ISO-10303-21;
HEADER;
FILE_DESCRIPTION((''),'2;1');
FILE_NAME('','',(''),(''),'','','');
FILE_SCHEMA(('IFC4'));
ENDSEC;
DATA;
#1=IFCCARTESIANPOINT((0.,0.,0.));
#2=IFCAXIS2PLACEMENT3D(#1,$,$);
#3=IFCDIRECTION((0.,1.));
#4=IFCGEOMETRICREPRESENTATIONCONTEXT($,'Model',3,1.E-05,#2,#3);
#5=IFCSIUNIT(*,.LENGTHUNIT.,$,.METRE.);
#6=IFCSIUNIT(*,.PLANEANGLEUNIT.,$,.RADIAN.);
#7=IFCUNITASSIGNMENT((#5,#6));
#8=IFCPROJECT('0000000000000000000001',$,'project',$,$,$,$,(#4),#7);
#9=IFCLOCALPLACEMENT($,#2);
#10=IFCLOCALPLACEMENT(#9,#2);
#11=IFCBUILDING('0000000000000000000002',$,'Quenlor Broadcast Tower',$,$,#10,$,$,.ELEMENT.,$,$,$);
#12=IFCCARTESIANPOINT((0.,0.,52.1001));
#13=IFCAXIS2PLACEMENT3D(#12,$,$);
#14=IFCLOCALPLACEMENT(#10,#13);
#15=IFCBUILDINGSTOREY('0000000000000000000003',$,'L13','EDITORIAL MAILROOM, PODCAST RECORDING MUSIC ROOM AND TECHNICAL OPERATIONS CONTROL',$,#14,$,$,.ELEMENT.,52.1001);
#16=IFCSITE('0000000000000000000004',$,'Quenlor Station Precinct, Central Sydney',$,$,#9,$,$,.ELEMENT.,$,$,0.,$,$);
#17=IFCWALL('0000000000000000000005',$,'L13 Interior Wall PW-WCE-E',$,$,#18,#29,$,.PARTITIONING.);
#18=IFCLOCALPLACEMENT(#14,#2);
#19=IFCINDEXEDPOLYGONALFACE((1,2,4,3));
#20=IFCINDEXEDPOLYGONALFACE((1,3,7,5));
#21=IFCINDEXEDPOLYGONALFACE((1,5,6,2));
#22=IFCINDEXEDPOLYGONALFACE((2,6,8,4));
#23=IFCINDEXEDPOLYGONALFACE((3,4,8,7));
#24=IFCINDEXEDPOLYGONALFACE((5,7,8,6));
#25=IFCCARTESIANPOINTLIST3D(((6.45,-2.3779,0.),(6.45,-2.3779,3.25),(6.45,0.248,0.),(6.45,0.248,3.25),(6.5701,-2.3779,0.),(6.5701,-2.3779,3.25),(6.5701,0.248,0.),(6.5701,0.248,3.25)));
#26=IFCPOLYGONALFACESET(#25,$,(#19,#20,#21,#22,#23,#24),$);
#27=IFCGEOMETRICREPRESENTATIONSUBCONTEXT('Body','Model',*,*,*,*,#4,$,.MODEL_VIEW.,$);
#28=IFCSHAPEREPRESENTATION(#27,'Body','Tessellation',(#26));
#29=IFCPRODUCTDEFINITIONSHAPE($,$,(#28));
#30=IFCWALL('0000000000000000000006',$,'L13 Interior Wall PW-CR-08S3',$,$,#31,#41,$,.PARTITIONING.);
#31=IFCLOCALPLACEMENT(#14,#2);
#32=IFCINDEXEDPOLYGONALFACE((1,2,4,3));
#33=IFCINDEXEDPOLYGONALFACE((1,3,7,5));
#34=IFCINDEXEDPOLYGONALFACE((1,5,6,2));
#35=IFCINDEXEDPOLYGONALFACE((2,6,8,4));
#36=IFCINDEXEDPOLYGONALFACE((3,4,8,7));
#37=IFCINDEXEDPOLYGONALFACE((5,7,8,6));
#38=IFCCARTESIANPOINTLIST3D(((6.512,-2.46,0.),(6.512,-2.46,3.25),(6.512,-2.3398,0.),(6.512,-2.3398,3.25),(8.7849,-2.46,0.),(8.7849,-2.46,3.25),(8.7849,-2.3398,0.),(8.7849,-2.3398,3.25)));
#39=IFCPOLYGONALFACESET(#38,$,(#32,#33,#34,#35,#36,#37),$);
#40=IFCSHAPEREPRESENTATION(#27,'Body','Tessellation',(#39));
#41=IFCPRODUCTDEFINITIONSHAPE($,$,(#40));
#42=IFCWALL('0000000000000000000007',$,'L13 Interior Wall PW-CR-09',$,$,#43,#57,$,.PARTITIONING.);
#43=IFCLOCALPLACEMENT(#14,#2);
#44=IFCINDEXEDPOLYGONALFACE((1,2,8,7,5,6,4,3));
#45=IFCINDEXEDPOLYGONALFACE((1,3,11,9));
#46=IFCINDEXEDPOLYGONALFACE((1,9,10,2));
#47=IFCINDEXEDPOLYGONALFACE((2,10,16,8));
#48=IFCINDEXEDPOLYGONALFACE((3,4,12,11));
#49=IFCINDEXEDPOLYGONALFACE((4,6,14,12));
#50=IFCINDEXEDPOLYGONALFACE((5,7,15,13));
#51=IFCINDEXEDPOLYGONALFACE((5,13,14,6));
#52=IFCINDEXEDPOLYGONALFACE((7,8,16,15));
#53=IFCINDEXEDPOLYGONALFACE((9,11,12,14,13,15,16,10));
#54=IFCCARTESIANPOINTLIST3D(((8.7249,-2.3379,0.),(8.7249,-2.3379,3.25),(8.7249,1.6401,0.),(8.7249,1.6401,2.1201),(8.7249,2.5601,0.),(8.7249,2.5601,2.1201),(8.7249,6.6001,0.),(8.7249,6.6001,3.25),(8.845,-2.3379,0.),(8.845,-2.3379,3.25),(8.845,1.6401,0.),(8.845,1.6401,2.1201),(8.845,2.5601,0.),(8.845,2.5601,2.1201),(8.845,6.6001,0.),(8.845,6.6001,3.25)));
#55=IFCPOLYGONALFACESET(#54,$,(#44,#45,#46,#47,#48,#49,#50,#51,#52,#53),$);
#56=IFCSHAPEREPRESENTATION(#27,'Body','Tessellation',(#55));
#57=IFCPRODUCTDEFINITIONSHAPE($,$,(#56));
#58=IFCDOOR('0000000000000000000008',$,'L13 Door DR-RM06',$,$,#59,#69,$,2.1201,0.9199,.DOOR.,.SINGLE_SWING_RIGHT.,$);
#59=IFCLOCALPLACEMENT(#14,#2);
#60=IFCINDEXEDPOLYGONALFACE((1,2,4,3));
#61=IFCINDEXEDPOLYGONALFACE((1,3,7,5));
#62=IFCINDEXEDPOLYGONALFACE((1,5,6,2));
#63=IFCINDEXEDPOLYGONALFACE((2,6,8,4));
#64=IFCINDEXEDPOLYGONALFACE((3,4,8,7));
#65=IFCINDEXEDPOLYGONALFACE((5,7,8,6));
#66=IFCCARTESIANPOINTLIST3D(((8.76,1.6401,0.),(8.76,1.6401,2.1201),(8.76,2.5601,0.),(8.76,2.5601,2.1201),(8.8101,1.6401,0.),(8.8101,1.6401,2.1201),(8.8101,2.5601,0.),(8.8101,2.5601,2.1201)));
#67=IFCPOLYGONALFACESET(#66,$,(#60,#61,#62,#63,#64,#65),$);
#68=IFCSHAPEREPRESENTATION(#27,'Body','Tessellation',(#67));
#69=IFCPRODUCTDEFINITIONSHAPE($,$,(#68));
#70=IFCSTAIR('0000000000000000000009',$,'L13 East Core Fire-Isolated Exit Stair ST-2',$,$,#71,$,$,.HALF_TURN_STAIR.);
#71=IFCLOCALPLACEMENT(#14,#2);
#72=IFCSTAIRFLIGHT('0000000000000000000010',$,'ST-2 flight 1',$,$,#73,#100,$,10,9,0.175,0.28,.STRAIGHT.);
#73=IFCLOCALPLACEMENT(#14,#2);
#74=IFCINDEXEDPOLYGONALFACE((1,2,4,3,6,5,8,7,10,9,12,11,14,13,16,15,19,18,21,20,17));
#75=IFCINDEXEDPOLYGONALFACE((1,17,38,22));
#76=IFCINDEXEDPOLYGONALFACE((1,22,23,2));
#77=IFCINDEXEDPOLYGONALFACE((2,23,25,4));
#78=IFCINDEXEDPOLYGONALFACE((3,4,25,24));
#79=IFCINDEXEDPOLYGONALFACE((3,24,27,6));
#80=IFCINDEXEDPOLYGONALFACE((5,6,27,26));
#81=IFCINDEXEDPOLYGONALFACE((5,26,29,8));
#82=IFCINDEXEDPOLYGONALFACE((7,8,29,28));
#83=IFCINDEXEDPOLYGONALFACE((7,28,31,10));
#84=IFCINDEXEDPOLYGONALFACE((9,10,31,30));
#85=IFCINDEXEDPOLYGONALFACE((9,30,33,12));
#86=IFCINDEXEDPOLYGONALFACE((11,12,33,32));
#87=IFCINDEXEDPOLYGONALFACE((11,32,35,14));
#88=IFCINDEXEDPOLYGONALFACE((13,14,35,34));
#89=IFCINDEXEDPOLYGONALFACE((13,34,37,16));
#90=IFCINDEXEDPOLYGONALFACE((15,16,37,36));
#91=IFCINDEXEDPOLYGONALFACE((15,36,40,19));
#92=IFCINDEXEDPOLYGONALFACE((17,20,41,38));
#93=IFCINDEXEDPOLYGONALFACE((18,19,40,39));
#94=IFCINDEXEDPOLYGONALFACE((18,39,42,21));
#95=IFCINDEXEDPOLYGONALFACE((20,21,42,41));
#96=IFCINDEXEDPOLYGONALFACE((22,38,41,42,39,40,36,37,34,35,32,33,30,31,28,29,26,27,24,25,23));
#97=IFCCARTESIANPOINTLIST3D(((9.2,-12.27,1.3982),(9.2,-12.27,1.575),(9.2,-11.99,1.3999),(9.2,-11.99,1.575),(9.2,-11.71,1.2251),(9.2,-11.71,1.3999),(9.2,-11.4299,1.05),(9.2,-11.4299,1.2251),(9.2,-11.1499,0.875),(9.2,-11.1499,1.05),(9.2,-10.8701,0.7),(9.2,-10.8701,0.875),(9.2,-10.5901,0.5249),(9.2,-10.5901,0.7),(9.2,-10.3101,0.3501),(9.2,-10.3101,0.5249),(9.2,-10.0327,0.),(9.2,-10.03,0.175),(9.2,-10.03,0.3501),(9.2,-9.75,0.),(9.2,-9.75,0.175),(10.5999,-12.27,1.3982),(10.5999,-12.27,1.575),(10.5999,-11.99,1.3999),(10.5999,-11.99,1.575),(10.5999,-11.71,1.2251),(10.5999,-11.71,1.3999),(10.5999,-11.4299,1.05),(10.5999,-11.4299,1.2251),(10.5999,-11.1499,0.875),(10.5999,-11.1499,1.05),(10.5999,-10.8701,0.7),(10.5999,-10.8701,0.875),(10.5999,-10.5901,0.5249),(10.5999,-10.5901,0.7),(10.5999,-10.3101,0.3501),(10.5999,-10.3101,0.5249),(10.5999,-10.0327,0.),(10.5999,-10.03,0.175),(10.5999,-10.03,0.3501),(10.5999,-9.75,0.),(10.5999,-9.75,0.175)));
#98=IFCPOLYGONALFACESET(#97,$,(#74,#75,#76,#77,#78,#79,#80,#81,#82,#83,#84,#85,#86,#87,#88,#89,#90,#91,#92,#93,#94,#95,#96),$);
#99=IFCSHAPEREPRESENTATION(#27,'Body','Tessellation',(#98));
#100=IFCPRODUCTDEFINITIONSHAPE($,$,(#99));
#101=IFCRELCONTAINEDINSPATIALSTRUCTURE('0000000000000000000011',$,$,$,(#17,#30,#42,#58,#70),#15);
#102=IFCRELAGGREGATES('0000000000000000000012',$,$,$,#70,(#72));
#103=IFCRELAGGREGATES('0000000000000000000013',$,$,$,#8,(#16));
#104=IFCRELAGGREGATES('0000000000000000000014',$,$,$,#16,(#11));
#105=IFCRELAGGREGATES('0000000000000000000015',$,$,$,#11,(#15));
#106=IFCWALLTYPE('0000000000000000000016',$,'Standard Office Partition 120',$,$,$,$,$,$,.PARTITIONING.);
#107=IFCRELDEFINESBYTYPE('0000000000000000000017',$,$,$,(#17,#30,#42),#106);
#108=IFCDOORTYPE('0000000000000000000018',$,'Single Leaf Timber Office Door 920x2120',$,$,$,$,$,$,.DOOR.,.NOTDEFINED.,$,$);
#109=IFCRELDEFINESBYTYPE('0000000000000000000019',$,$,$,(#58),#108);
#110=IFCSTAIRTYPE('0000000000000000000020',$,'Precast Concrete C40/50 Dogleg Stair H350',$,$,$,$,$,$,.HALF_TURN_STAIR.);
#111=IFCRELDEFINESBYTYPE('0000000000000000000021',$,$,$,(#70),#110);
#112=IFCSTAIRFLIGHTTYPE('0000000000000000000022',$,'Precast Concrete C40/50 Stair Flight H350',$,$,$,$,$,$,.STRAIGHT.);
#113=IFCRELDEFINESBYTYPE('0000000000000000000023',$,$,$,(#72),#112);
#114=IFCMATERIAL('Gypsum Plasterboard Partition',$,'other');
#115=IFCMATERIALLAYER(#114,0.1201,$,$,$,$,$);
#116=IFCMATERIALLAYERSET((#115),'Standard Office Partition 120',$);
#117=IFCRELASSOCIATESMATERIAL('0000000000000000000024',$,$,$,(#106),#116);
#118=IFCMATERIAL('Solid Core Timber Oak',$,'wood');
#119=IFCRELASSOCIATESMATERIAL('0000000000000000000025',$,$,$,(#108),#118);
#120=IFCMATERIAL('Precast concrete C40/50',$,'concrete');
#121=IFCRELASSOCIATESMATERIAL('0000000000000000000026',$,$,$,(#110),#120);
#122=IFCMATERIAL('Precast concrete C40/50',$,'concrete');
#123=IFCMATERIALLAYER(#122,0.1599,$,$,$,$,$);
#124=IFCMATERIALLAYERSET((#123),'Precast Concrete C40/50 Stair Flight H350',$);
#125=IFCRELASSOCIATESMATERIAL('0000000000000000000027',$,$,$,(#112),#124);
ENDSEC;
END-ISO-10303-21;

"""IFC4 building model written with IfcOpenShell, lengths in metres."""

from ifc_helpers import new_model, si_unit, direction, frame, frame_2d, origin, place, context, subcontext, project, spatial, polyline, rectangle, outline, extrude, material, layer, layer_set, type_object, element, fill, aggregate, save


model = new_model("IFC4")

# Units and contexts
model_context = context("Model", 3, precision=1e-05, world=origin(), true_north=direction((0.0, 1.0)))
body_context = subcontext(model_context, "Body", "Model", "MODEL_VIEW")
ifc_project = project(units=[si_unit("LENGTHUNIT", "METRE"), si_unit("PLANEANGLEUNIT", "RADIAN")], contexts=[model_context])

# Site, building, storey
site_placement = place(None, origin())
site = spatial("IfcSite", under=ifc_project, at=site_placement, Name="Quenlor Station Precinct, Central Sydney", CompositionType="ELEMENT", RefElevation=0.0)
building_placement = place(site_placement, origin())
building = spatial("IfcBuilding", under=site, at=building_placement, Name="Quenlor Broadcast Tower", CompositionType="ELEMENT")
storey_placement = place(building_placement, frame((0.0, 0.0, 52.1001)))
storey = spatial("IfcBuildingStorey", under=building, at=storey_placement, Name="L13", Description="EDITORIAL MAILROOM, PODCAST RECORDING MUSIC ROOM AND TECHNICAL OPERATIONS CONTROL", CompositionType="ELEMENT", Elevation=52.1001)

# Shared definitions
ifc_material_1 = material(Name="Gypsum Plasterboard Partition", Category="other")
ifc_layer_1 = layer(ifc_material_1, 0.1201)
ifc_layer_set_1 = layer_set([ifc_layer_1], Name="Standard Office Partition 120")
wall_type_1 = type_object("IfcWallType", Name="Standard Office Partition 120", PredefinedType="PARTITIONING", material=ifc_layer_set_1)

# Walls
for number, where, z_axis, x_axis, name in (
    (1, (6.51, -2.3779, 0.0), (0.0, 0.0, 1.0), (0.0, 1.0, 0.0), "L13 Interior Wall PW-WCE-E"),
):
    element("IfcWall", number, at=place(storey_placement, frame(where, z_axis=z_axis, x_axis=x_axis)), inside=storey, type_object=wall_type_1, Name=name, PredefinedType="PARTITIONING", context=body_context, shape_type="SweptSolid", body=[
        extrude(rectangle(XDim=2.626, YDim=0.1201, at=frame_2d((1.313, 0.0))), origin(), (0.0, 0.0, 1.0), 3.25),
    ])
wall_1_placement = place(storey_placement, frame((6.512, -2.3999, 0.0), z_axis=(0.0, 0.0, 1.0), x_axis=(1.0, 0.0, 0.0)))
element("IfcWall", 2, at=wall_1_placement, inside=storey, type_object=wall_type_1, Name="L13 Interior Wall PW-CR-08S3", PredefinedType="PARTITIONING", context=body_context, shape_type="SweptSolid", body=[
    extrude(rectangle(XDim=2.2729, YDim=0.1201, at=frame_2d((1.1365, 0.0))), origin(), (0.0, 0.0, 1.0), 3.25),
])

# Wall, opening, door
wall_2_placement = place(storey_placement, frame((8.7849, -2.3379, 0.0), z_axis=(0.0, 0.0, 1.0), x_axis=(0.0, 1.0, 0.0)))
wall_2 = element("IfcWall", 3, at=wall_2_placement, inside=storey, type_object=wall_type_1, Name="L13 Interior Wall PW-CR-09", PredefinedType="PARTITIONING", context=body_context, shape_type="SweptSolid", body=[
    extrude(rectangle(XDim=8.938, YDim=0.1201, at=frame_2d((4.469, 0.0))), origin(), (0.0, 0.0, 1.0), 3.25),
])
opening_1_placement = place(wall_2_placement, frame((3.978, 0.0, 0.0)))
opening_1 = element("IfcOpeningElement", 4, at=opening_1_placement, cuts=wall_2, PredefinedType="OPENING", context=body_context, shape_type="SweptSolid", body=[
    extrude(rectangle(XDim=0.9199, YDim=2.1201, at=frame_2d((0.46, 1.0601))), frame((0.0, 0.0701, 0.0), z_axis=(0.0, -1.0, 0.0), x_axis=(1.0, 0.0, 0.0)), (0.0, 0.0, 1.0), 0.1401),
])
ifc_material_2 = material(Name="Solid Core Timber Oak", Category="wood")
door_type_1 = type_object("IfcDoorType", Name="Single Leaf Timber Office Door 920x2120", OperationType="NOTDEFINED", PredefinedType="DOOR", material=ifc_material_2)
door_1_placement = place(opening_1_placement, origin())
door_1 = element("IfcDoor", 5, at=door_1_placement, inside=storey, type_object=door_type_1, Name="L13 Door DR-RM06", OperationType="SINGLE_SWING_RIGHT", OverallHeight=2.1201, OverallWidth=0.9199, PredefinedType="DOOR", context=body_context, shape_type="SweptSolid", body=[
    extrude(rectangle(XDim=0.9199, YDim=2.1201, at=frame_2d((0.46, 1.0601))), frame((0.0, 0.0249, 0.0), z_axis=(0.0, -1.0, 0.0), x_axis=(1.0, 0.0, 0.0)), (0.0, 0.0, 1.0), 0.05),
])
fill(opening_1, door_1)

# Stair, stair flight
ifc_material_3 = material(Name="Precast concrete C40/50", Category="concrete")
stair_type = type_object("IfcStairType", Name="Precast Concrete C40/50 Dogleg Stair H350", PredefinedType="HALF_TURN_STAIR", material=ifc_material_3)
stair_placement = place(storey_placement, origin())
stair = element("IfcStair", 6, at=stair_placement, inside=storey, type_object=stair_type, Name="L13 East Core Fire-Isolated Exit Stair ST-2", PredefinedType="HALF_TURN_STAIR")
ifc_material_4 = material(Name="Precast concrete C40/50", Category="concrete")
ifc_layer_2 = layer(ifc_material_4, 0.1599)
ifc_layer_set_2 = layer_set([ifc_layer_2], Name="Precast Concrete C40/50 Stair Flight H350")
stair_flight_type = type_object("IfcStairFlightType", Name="Precast Concrete C40/50 Stair Flight H350", PredefinedType="STRAIGHT", material=ifc_layer_set_2)
stair_flight_placement = place(storey_placement, frame((9.8999, -9.75, 0.0), z_axis=(0.0, 0.0, 1.0), x_axis=(0.0, -1.0, 0.0)))
stair_flight = element("IfcStairFlight", 7, at=stair_flight_placement, type_object=stair_flight_type, Name="ST-2 flight 1", NumberOfRisers=10, NumberOfTreads=9, PredefinedType="STRAIGHT", RiserHeight=0.175, TreadLength=0.28, context=body_context, shape_type="SweptSolid", body=[
    extrude(outline(polyline([(0.0, 0.0), (0.0, 0.175), (0.28, 0.175), (0.28, 0.3501), (0.5601, 0.3501), (0.5601, 0.5249), (0.8401, 0.5249), (0.8401, 0.7), (1.1201, 0.7), (1.1201, 0.875), (1.3999, 0.875), (1.3999, 1.05), (1.6799, 1.05), (1.6799, 1.2251), (1.96, 1.2251), (1.96, 1.3999), (2.24, 1.3999), (2.24, 1.575), (2.52, 1.575), (2.52, 1.75), (2.52, 1.3982), (0.2827, 0.0), (0.0, 0.0)])), frame((0.0, 0.7, 0.0), z_axis=(0.0, -1.0, 0.0), x_axis=(1.0, 0.0, 0.0)), (0.0, 0.0, 1.0), 1.3999),
])
aggregate(stair, [stair_flight])

save(model, "model.ifc")
